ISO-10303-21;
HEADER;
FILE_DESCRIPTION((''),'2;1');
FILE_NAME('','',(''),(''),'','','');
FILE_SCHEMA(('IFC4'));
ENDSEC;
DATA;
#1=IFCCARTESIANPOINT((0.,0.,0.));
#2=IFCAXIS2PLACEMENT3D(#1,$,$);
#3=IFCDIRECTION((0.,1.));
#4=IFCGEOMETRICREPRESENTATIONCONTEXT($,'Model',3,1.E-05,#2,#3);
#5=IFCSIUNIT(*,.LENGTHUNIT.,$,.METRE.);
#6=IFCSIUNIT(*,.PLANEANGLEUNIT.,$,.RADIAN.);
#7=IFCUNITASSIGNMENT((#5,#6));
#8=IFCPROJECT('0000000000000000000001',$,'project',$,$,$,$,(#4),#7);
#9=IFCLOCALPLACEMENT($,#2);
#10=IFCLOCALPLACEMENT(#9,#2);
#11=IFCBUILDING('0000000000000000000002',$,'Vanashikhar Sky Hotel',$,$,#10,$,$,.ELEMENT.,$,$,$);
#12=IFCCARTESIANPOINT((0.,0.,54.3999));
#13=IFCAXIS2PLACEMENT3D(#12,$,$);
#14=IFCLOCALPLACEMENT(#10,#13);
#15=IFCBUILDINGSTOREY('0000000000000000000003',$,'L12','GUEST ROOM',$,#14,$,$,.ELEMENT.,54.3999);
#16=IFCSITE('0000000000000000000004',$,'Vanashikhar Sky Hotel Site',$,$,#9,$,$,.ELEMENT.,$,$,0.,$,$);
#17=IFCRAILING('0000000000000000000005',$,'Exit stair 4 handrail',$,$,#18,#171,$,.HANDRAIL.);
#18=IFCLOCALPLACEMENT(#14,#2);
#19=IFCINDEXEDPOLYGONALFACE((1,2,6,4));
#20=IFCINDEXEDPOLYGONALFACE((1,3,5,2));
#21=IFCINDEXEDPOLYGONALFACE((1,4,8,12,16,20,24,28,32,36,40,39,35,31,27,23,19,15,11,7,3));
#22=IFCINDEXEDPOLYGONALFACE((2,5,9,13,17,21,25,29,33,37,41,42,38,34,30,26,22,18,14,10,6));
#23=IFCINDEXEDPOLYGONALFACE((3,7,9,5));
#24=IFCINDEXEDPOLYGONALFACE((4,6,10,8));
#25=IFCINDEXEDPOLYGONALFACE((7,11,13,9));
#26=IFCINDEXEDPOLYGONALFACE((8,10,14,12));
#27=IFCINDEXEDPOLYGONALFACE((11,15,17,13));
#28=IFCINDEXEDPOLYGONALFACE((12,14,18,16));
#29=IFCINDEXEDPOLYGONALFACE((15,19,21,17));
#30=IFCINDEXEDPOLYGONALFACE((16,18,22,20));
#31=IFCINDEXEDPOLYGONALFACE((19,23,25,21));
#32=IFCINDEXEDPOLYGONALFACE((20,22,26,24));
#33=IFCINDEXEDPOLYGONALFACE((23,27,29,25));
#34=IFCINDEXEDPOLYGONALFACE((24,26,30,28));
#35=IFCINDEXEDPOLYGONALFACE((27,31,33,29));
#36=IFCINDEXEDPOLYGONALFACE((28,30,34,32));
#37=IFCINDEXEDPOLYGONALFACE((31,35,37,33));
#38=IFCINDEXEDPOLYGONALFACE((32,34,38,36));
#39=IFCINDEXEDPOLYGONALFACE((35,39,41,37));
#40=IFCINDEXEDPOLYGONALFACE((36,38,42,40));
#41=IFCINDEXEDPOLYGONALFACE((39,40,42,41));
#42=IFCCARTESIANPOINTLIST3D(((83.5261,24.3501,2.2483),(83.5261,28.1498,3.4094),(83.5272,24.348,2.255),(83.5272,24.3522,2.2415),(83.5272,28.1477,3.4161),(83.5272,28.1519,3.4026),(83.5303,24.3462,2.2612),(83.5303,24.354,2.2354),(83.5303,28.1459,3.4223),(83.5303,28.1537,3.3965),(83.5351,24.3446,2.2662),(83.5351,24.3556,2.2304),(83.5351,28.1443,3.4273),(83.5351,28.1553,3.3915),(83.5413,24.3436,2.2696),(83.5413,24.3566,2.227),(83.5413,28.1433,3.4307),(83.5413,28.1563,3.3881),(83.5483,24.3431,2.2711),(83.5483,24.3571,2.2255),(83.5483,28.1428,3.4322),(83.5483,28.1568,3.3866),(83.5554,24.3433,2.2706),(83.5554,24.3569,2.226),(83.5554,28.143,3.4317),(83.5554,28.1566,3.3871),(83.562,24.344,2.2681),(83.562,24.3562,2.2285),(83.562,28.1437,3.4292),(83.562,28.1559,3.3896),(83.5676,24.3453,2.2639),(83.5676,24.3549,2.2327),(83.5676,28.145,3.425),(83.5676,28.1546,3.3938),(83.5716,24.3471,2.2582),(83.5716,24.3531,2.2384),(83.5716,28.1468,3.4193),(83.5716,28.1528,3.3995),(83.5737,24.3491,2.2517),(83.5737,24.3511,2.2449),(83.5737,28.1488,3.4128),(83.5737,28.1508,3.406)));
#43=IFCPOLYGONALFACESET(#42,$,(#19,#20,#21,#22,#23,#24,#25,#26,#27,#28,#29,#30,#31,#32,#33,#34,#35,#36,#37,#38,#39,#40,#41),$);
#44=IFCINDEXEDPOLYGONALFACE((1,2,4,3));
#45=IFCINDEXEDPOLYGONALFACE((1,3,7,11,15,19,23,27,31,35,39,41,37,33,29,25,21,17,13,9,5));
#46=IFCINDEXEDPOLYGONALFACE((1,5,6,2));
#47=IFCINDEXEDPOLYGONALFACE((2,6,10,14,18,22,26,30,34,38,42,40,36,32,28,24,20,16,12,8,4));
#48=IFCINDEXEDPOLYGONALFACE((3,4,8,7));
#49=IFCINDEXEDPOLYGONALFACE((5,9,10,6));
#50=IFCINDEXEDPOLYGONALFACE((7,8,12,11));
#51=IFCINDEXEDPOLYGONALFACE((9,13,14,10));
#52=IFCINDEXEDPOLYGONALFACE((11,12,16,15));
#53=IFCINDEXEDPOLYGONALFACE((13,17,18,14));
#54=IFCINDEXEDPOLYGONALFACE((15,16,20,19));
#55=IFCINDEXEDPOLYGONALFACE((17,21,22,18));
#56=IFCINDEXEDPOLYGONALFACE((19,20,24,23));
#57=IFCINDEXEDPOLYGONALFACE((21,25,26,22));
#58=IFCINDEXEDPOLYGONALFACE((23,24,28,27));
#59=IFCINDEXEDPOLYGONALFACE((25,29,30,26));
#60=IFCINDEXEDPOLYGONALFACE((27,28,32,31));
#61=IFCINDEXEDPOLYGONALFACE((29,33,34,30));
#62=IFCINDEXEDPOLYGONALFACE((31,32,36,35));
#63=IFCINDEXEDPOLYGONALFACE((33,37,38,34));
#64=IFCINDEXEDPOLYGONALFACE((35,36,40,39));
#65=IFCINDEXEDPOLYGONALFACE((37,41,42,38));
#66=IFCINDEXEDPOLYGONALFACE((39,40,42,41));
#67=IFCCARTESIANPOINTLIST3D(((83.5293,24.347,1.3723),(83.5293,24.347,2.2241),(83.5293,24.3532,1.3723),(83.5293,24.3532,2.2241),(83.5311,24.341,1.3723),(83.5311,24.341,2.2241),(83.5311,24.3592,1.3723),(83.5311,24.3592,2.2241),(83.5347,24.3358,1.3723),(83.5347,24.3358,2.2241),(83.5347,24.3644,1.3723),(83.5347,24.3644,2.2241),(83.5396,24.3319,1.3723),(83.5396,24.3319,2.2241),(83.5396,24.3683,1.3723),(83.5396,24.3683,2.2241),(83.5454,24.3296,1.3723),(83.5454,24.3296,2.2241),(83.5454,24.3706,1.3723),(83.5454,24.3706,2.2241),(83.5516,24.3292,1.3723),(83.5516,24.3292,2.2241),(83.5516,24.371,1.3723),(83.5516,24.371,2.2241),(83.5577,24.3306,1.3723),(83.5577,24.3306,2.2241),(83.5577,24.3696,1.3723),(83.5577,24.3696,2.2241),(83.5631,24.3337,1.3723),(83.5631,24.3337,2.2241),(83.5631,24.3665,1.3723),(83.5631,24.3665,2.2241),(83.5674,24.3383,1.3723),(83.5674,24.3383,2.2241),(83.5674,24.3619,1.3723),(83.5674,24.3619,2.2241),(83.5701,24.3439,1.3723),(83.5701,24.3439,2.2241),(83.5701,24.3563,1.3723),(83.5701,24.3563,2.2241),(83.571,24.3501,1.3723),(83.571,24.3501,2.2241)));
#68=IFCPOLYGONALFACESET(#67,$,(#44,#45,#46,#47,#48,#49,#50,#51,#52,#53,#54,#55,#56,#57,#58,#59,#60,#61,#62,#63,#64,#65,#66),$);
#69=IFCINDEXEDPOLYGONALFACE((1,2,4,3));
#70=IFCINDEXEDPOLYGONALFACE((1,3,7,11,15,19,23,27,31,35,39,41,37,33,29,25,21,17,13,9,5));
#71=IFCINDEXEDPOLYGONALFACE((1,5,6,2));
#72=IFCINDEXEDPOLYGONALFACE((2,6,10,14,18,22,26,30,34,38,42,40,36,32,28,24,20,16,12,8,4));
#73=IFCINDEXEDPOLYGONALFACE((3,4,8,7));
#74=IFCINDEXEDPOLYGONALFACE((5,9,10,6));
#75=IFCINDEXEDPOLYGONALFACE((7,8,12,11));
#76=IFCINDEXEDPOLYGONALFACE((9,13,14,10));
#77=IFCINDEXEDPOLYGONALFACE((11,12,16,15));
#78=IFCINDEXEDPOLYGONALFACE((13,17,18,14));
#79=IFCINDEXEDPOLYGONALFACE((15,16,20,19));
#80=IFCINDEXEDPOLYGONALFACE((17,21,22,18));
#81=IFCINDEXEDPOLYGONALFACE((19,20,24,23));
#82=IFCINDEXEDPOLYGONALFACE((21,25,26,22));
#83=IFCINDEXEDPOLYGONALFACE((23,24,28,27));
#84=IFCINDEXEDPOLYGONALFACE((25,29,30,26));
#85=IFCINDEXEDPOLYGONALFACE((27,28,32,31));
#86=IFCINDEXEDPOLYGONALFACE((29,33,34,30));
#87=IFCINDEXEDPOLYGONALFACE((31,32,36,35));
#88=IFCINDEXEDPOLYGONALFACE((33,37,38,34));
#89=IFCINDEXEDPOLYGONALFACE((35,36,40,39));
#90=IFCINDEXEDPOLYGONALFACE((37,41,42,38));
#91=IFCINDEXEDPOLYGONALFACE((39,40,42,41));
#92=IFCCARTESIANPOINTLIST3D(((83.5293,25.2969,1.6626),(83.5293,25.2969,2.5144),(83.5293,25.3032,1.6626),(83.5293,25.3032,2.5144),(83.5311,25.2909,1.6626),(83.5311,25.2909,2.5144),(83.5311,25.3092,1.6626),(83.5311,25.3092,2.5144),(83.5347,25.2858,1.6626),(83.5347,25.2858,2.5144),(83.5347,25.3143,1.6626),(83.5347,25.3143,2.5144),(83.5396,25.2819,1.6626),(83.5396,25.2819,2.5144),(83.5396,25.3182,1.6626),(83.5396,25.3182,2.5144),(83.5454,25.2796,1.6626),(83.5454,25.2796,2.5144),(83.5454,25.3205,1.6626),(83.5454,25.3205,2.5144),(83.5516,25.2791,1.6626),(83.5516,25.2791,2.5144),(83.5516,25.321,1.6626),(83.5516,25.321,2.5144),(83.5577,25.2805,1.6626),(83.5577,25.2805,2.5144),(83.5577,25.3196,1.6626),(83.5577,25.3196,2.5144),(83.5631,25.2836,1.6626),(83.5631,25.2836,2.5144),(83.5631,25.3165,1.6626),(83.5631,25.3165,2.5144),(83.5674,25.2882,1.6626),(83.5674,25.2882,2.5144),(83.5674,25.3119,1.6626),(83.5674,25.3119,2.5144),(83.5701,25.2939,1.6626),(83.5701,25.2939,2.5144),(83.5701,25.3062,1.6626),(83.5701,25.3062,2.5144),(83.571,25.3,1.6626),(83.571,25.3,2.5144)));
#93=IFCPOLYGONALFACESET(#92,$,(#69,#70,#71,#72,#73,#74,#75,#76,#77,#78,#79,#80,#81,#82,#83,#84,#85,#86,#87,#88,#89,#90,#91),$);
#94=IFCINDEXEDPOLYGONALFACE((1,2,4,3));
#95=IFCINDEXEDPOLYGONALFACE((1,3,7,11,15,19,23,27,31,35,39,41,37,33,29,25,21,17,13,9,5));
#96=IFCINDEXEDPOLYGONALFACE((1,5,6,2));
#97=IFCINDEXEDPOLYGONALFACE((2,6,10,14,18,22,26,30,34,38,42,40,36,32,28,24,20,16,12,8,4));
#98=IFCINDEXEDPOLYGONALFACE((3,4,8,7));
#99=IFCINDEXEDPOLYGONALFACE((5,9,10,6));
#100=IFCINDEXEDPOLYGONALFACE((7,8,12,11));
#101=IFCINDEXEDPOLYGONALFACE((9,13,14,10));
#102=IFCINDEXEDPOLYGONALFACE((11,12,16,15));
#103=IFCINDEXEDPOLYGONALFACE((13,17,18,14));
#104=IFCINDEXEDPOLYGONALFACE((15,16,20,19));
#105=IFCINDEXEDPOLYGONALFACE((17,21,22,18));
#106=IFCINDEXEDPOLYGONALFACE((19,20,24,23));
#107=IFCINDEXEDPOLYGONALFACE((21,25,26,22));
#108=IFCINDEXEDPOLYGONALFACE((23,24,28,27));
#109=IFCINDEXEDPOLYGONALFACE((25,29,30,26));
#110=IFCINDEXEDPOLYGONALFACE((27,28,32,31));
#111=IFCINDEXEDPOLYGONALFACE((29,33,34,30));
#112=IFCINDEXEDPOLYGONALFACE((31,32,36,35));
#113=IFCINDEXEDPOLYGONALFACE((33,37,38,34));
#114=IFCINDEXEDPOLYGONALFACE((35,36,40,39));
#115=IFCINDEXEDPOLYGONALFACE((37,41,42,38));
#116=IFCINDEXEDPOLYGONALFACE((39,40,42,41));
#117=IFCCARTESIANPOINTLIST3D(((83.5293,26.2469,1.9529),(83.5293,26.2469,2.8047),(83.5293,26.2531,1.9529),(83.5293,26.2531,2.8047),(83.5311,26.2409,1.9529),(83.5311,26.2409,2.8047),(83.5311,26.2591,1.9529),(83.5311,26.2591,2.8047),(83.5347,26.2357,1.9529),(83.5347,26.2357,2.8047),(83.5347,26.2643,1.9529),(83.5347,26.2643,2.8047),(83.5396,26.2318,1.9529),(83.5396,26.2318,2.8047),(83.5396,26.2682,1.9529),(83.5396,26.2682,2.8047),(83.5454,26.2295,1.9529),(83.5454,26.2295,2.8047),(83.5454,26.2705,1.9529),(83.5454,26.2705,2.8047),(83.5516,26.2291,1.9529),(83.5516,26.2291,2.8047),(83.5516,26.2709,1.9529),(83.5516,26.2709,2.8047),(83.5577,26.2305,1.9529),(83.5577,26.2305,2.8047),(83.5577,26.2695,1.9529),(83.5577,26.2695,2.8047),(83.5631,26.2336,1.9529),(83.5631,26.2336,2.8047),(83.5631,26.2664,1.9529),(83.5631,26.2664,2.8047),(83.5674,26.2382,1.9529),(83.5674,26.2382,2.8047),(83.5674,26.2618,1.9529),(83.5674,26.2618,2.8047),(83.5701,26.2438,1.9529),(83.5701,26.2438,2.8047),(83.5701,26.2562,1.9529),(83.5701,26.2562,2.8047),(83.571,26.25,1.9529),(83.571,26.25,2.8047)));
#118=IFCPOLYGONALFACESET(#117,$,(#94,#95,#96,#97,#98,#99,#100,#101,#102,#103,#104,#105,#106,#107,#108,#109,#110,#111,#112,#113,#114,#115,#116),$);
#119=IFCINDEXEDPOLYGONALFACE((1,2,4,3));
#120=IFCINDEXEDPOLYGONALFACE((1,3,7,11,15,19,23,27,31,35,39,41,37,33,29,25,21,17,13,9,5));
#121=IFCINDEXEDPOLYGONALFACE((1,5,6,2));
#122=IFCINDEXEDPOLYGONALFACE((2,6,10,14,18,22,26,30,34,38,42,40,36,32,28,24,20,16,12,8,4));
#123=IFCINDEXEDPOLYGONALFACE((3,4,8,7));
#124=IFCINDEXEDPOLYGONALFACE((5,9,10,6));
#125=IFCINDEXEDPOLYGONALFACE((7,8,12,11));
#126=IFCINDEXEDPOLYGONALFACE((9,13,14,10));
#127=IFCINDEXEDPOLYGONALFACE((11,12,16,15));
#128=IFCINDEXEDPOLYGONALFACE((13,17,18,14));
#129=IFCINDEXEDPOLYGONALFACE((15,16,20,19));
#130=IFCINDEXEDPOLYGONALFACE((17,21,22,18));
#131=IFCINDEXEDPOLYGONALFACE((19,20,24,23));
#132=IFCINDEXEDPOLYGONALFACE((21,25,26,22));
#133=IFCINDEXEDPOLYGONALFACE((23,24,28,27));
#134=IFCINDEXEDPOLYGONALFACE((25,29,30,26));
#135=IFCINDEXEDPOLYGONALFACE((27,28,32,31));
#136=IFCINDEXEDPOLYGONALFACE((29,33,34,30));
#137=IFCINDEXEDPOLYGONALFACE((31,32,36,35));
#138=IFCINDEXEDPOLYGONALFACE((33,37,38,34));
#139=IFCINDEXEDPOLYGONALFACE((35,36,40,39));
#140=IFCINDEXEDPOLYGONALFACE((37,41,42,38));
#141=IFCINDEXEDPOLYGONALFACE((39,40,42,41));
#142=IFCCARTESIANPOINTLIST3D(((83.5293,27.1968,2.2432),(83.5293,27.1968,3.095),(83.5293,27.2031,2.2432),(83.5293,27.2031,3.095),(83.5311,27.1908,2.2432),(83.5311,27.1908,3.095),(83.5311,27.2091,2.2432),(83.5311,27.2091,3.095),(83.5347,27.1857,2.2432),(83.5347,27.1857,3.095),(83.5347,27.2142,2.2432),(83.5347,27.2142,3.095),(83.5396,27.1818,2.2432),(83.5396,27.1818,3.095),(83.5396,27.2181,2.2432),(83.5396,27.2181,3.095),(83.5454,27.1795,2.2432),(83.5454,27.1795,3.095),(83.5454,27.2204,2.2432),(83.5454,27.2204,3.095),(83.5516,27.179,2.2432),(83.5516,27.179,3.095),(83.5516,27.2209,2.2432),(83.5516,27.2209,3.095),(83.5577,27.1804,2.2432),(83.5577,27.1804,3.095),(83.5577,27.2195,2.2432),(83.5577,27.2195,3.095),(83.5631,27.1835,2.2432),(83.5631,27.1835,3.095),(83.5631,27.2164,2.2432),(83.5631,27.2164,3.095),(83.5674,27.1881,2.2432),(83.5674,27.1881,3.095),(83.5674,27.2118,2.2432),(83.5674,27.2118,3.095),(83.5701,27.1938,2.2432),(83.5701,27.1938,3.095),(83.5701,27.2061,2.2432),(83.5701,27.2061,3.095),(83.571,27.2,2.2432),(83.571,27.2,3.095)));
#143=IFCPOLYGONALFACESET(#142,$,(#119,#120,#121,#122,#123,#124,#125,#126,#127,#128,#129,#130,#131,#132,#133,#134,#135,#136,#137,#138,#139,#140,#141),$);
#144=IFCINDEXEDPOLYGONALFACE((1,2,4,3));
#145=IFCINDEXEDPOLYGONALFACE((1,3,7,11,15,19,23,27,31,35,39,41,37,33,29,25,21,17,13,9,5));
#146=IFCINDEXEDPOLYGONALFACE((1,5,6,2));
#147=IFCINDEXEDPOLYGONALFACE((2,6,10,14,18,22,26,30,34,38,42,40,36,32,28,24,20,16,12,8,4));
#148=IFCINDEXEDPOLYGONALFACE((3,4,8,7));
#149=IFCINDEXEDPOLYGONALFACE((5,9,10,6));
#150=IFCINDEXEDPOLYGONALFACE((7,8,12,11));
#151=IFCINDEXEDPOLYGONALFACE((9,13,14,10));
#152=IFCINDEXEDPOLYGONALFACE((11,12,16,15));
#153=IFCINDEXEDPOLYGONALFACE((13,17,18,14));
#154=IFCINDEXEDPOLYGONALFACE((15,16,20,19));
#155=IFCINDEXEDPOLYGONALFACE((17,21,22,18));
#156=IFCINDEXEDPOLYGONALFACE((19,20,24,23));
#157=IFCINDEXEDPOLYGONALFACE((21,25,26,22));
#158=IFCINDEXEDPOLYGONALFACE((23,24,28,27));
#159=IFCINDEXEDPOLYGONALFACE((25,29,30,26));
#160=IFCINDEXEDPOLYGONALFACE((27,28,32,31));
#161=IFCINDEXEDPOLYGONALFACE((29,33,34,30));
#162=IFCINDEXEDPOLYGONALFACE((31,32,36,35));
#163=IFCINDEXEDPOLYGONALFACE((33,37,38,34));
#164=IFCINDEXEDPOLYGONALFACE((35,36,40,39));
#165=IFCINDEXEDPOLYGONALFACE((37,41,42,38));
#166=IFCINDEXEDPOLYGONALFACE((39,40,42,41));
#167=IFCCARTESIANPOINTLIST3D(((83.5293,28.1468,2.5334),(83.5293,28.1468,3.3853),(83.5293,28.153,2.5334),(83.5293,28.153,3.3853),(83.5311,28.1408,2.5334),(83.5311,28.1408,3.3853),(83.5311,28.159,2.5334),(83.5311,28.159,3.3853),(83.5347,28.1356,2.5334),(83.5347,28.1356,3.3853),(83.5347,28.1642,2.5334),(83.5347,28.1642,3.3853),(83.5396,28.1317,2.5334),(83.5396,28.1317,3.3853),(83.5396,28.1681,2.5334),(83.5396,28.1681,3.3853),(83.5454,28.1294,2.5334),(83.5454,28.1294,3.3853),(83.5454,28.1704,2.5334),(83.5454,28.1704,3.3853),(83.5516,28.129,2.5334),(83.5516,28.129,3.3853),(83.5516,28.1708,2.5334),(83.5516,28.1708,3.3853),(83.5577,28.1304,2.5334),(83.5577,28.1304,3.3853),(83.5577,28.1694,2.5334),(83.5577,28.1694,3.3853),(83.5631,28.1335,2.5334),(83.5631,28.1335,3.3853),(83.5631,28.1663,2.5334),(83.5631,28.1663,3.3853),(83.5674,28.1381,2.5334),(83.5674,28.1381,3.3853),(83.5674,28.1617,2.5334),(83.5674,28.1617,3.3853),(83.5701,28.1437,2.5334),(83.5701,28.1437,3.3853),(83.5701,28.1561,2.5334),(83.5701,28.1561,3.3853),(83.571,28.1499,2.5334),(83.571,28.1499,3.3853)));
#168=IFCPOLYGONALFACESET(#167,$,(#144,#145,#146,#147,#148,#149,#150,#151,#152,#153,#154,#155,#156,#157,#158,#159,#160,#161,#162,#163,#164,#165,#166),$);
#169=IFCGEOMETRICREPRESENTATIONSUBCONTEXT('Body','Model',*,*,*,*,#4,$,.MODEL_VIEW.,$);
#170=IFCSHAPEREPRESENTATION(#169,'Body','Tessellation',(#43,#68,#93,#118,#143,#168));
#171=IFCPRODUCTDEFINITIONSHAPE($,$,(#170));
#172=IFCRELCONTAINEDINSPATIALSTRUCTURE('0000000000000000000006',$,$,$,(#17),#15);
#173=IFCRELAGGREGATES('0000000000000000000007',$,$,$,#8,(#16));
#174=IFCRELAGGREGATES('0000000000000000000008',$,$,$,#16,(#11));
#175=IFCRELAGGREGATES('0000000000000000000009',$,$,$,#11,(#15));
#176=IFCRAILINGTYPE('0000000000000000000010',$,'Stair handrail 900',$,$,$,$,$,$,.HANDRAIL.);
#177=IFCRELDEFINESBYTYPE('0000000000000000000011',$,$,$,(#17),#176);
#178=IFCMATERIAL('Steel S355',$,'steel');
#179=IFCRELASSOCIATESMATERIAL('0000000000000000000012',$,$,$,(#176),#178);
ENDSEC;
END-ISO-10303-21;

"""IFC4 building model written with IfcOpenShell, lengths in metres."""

from ifc_helpers import new_model, si_unit, direction, frame, origin, origin_2d, place, context, subcontext, project, spatial, circle, extrude, source, transform, mapped, material, type_object, element, save


model = new_model("IFC4")

# Units and contexts
model_context = context("Model", 3, precision=1e-05, world=origin(), true_north=direction((0.0, 1.0)))
body_context = subcontext(model_context, "Body", "Model", "MODEL_VIEW")
ifc_project = project(units=[si_unit("LENGTHUNIT", "METRE"), si_unit("PLANEANGLEUNIT", "RADIAN")], contexts=[model_context])

# Site, building, storey
site_placement = place(None, origin())
site = spatial("IfcSite", under=ifc_project, at=site_placement, Name="Vanashikhar Sky Hotel Site", CompositionType="ELEMENT", RefElevation=0.0)
building_placement = place(site_placement, origin())
building = spatial("IfcBuilding", under=site, at=building_placement, Name="Vanashikhar Sky Hotel", CompositionType="ELEMENT")
storey_placement = place(building_placement, frame((0.0, 0.0, 54.3999)))
storey = spatial("IfcBuildingStorey", under=building, at=storey_placement, Name="L12", Description="GUEST ROOM", CompositionType="ELEMENT", Elevation=54.3999)

# Railing
ifc_material_1 = material(Name="Steel S355", Category="steel")
railing_type_1 = type_object("IfcRailingType", Name="Stair handrail 900", PredefinedType="HANDRAIL", material=ifc_material_1)
shared_shape_1 = source(origin(), body_context, "Body", "SweptSolid", [
    extrude(circle(Radius=0.0239, at=origin_2d()), frame((0.0, 0.0, 0.876), z_axis=(0.0, 0.956346, 0.292237), x_axis=(-1.0, 0.0, 0.0)), (0.0, 0.0, 1.0), 3.9731),
    extrude(circle(Radius=0.021, at=origin_2d()), origin(), (0.0, 0.0, 1.0), 0.8518),
    extrude(circle(Radius=0.021, at=origin_2d()), frame((0.0, 0.95, 0.2903)), (0.0, 0.0, 1.0), 0.8518),
    extrude(circle(Radius=0.021, at=origin_2d()), frame((0.0, 1.8999, 0.5806)), (0.0, 0.0, 1.0), 0.8518),
    extrude(circle(Radius=0.021, at=origin_2d()), frame((0.0, 2.8499, 0.8708)), (0.0, 0.0, 1.0), 0.8518),
    extrude(circle(Radius=0.021, at=origin_2d()), frame((0.0, 3.7998, 1.1611)), (0.0, 0.0, 1.0), 0.8518),
])
railing_1_placement = place(storey_placement, frame((83.55, 24.3501, 1.3723)))
element("IfcRailing", 1, at=railing_1_placement, inside=storey, type_object=railing_type_1, Name="Exit stair 4 handrail", PredefinedType="HANDRAIL", context=body_context, shape_type="MappedRepresentation", body=[
    mapped(shared_shape_1, transform((0.0, 0.0, 0.0), scale=1.0)),
])

save(model, "model.ifc")
